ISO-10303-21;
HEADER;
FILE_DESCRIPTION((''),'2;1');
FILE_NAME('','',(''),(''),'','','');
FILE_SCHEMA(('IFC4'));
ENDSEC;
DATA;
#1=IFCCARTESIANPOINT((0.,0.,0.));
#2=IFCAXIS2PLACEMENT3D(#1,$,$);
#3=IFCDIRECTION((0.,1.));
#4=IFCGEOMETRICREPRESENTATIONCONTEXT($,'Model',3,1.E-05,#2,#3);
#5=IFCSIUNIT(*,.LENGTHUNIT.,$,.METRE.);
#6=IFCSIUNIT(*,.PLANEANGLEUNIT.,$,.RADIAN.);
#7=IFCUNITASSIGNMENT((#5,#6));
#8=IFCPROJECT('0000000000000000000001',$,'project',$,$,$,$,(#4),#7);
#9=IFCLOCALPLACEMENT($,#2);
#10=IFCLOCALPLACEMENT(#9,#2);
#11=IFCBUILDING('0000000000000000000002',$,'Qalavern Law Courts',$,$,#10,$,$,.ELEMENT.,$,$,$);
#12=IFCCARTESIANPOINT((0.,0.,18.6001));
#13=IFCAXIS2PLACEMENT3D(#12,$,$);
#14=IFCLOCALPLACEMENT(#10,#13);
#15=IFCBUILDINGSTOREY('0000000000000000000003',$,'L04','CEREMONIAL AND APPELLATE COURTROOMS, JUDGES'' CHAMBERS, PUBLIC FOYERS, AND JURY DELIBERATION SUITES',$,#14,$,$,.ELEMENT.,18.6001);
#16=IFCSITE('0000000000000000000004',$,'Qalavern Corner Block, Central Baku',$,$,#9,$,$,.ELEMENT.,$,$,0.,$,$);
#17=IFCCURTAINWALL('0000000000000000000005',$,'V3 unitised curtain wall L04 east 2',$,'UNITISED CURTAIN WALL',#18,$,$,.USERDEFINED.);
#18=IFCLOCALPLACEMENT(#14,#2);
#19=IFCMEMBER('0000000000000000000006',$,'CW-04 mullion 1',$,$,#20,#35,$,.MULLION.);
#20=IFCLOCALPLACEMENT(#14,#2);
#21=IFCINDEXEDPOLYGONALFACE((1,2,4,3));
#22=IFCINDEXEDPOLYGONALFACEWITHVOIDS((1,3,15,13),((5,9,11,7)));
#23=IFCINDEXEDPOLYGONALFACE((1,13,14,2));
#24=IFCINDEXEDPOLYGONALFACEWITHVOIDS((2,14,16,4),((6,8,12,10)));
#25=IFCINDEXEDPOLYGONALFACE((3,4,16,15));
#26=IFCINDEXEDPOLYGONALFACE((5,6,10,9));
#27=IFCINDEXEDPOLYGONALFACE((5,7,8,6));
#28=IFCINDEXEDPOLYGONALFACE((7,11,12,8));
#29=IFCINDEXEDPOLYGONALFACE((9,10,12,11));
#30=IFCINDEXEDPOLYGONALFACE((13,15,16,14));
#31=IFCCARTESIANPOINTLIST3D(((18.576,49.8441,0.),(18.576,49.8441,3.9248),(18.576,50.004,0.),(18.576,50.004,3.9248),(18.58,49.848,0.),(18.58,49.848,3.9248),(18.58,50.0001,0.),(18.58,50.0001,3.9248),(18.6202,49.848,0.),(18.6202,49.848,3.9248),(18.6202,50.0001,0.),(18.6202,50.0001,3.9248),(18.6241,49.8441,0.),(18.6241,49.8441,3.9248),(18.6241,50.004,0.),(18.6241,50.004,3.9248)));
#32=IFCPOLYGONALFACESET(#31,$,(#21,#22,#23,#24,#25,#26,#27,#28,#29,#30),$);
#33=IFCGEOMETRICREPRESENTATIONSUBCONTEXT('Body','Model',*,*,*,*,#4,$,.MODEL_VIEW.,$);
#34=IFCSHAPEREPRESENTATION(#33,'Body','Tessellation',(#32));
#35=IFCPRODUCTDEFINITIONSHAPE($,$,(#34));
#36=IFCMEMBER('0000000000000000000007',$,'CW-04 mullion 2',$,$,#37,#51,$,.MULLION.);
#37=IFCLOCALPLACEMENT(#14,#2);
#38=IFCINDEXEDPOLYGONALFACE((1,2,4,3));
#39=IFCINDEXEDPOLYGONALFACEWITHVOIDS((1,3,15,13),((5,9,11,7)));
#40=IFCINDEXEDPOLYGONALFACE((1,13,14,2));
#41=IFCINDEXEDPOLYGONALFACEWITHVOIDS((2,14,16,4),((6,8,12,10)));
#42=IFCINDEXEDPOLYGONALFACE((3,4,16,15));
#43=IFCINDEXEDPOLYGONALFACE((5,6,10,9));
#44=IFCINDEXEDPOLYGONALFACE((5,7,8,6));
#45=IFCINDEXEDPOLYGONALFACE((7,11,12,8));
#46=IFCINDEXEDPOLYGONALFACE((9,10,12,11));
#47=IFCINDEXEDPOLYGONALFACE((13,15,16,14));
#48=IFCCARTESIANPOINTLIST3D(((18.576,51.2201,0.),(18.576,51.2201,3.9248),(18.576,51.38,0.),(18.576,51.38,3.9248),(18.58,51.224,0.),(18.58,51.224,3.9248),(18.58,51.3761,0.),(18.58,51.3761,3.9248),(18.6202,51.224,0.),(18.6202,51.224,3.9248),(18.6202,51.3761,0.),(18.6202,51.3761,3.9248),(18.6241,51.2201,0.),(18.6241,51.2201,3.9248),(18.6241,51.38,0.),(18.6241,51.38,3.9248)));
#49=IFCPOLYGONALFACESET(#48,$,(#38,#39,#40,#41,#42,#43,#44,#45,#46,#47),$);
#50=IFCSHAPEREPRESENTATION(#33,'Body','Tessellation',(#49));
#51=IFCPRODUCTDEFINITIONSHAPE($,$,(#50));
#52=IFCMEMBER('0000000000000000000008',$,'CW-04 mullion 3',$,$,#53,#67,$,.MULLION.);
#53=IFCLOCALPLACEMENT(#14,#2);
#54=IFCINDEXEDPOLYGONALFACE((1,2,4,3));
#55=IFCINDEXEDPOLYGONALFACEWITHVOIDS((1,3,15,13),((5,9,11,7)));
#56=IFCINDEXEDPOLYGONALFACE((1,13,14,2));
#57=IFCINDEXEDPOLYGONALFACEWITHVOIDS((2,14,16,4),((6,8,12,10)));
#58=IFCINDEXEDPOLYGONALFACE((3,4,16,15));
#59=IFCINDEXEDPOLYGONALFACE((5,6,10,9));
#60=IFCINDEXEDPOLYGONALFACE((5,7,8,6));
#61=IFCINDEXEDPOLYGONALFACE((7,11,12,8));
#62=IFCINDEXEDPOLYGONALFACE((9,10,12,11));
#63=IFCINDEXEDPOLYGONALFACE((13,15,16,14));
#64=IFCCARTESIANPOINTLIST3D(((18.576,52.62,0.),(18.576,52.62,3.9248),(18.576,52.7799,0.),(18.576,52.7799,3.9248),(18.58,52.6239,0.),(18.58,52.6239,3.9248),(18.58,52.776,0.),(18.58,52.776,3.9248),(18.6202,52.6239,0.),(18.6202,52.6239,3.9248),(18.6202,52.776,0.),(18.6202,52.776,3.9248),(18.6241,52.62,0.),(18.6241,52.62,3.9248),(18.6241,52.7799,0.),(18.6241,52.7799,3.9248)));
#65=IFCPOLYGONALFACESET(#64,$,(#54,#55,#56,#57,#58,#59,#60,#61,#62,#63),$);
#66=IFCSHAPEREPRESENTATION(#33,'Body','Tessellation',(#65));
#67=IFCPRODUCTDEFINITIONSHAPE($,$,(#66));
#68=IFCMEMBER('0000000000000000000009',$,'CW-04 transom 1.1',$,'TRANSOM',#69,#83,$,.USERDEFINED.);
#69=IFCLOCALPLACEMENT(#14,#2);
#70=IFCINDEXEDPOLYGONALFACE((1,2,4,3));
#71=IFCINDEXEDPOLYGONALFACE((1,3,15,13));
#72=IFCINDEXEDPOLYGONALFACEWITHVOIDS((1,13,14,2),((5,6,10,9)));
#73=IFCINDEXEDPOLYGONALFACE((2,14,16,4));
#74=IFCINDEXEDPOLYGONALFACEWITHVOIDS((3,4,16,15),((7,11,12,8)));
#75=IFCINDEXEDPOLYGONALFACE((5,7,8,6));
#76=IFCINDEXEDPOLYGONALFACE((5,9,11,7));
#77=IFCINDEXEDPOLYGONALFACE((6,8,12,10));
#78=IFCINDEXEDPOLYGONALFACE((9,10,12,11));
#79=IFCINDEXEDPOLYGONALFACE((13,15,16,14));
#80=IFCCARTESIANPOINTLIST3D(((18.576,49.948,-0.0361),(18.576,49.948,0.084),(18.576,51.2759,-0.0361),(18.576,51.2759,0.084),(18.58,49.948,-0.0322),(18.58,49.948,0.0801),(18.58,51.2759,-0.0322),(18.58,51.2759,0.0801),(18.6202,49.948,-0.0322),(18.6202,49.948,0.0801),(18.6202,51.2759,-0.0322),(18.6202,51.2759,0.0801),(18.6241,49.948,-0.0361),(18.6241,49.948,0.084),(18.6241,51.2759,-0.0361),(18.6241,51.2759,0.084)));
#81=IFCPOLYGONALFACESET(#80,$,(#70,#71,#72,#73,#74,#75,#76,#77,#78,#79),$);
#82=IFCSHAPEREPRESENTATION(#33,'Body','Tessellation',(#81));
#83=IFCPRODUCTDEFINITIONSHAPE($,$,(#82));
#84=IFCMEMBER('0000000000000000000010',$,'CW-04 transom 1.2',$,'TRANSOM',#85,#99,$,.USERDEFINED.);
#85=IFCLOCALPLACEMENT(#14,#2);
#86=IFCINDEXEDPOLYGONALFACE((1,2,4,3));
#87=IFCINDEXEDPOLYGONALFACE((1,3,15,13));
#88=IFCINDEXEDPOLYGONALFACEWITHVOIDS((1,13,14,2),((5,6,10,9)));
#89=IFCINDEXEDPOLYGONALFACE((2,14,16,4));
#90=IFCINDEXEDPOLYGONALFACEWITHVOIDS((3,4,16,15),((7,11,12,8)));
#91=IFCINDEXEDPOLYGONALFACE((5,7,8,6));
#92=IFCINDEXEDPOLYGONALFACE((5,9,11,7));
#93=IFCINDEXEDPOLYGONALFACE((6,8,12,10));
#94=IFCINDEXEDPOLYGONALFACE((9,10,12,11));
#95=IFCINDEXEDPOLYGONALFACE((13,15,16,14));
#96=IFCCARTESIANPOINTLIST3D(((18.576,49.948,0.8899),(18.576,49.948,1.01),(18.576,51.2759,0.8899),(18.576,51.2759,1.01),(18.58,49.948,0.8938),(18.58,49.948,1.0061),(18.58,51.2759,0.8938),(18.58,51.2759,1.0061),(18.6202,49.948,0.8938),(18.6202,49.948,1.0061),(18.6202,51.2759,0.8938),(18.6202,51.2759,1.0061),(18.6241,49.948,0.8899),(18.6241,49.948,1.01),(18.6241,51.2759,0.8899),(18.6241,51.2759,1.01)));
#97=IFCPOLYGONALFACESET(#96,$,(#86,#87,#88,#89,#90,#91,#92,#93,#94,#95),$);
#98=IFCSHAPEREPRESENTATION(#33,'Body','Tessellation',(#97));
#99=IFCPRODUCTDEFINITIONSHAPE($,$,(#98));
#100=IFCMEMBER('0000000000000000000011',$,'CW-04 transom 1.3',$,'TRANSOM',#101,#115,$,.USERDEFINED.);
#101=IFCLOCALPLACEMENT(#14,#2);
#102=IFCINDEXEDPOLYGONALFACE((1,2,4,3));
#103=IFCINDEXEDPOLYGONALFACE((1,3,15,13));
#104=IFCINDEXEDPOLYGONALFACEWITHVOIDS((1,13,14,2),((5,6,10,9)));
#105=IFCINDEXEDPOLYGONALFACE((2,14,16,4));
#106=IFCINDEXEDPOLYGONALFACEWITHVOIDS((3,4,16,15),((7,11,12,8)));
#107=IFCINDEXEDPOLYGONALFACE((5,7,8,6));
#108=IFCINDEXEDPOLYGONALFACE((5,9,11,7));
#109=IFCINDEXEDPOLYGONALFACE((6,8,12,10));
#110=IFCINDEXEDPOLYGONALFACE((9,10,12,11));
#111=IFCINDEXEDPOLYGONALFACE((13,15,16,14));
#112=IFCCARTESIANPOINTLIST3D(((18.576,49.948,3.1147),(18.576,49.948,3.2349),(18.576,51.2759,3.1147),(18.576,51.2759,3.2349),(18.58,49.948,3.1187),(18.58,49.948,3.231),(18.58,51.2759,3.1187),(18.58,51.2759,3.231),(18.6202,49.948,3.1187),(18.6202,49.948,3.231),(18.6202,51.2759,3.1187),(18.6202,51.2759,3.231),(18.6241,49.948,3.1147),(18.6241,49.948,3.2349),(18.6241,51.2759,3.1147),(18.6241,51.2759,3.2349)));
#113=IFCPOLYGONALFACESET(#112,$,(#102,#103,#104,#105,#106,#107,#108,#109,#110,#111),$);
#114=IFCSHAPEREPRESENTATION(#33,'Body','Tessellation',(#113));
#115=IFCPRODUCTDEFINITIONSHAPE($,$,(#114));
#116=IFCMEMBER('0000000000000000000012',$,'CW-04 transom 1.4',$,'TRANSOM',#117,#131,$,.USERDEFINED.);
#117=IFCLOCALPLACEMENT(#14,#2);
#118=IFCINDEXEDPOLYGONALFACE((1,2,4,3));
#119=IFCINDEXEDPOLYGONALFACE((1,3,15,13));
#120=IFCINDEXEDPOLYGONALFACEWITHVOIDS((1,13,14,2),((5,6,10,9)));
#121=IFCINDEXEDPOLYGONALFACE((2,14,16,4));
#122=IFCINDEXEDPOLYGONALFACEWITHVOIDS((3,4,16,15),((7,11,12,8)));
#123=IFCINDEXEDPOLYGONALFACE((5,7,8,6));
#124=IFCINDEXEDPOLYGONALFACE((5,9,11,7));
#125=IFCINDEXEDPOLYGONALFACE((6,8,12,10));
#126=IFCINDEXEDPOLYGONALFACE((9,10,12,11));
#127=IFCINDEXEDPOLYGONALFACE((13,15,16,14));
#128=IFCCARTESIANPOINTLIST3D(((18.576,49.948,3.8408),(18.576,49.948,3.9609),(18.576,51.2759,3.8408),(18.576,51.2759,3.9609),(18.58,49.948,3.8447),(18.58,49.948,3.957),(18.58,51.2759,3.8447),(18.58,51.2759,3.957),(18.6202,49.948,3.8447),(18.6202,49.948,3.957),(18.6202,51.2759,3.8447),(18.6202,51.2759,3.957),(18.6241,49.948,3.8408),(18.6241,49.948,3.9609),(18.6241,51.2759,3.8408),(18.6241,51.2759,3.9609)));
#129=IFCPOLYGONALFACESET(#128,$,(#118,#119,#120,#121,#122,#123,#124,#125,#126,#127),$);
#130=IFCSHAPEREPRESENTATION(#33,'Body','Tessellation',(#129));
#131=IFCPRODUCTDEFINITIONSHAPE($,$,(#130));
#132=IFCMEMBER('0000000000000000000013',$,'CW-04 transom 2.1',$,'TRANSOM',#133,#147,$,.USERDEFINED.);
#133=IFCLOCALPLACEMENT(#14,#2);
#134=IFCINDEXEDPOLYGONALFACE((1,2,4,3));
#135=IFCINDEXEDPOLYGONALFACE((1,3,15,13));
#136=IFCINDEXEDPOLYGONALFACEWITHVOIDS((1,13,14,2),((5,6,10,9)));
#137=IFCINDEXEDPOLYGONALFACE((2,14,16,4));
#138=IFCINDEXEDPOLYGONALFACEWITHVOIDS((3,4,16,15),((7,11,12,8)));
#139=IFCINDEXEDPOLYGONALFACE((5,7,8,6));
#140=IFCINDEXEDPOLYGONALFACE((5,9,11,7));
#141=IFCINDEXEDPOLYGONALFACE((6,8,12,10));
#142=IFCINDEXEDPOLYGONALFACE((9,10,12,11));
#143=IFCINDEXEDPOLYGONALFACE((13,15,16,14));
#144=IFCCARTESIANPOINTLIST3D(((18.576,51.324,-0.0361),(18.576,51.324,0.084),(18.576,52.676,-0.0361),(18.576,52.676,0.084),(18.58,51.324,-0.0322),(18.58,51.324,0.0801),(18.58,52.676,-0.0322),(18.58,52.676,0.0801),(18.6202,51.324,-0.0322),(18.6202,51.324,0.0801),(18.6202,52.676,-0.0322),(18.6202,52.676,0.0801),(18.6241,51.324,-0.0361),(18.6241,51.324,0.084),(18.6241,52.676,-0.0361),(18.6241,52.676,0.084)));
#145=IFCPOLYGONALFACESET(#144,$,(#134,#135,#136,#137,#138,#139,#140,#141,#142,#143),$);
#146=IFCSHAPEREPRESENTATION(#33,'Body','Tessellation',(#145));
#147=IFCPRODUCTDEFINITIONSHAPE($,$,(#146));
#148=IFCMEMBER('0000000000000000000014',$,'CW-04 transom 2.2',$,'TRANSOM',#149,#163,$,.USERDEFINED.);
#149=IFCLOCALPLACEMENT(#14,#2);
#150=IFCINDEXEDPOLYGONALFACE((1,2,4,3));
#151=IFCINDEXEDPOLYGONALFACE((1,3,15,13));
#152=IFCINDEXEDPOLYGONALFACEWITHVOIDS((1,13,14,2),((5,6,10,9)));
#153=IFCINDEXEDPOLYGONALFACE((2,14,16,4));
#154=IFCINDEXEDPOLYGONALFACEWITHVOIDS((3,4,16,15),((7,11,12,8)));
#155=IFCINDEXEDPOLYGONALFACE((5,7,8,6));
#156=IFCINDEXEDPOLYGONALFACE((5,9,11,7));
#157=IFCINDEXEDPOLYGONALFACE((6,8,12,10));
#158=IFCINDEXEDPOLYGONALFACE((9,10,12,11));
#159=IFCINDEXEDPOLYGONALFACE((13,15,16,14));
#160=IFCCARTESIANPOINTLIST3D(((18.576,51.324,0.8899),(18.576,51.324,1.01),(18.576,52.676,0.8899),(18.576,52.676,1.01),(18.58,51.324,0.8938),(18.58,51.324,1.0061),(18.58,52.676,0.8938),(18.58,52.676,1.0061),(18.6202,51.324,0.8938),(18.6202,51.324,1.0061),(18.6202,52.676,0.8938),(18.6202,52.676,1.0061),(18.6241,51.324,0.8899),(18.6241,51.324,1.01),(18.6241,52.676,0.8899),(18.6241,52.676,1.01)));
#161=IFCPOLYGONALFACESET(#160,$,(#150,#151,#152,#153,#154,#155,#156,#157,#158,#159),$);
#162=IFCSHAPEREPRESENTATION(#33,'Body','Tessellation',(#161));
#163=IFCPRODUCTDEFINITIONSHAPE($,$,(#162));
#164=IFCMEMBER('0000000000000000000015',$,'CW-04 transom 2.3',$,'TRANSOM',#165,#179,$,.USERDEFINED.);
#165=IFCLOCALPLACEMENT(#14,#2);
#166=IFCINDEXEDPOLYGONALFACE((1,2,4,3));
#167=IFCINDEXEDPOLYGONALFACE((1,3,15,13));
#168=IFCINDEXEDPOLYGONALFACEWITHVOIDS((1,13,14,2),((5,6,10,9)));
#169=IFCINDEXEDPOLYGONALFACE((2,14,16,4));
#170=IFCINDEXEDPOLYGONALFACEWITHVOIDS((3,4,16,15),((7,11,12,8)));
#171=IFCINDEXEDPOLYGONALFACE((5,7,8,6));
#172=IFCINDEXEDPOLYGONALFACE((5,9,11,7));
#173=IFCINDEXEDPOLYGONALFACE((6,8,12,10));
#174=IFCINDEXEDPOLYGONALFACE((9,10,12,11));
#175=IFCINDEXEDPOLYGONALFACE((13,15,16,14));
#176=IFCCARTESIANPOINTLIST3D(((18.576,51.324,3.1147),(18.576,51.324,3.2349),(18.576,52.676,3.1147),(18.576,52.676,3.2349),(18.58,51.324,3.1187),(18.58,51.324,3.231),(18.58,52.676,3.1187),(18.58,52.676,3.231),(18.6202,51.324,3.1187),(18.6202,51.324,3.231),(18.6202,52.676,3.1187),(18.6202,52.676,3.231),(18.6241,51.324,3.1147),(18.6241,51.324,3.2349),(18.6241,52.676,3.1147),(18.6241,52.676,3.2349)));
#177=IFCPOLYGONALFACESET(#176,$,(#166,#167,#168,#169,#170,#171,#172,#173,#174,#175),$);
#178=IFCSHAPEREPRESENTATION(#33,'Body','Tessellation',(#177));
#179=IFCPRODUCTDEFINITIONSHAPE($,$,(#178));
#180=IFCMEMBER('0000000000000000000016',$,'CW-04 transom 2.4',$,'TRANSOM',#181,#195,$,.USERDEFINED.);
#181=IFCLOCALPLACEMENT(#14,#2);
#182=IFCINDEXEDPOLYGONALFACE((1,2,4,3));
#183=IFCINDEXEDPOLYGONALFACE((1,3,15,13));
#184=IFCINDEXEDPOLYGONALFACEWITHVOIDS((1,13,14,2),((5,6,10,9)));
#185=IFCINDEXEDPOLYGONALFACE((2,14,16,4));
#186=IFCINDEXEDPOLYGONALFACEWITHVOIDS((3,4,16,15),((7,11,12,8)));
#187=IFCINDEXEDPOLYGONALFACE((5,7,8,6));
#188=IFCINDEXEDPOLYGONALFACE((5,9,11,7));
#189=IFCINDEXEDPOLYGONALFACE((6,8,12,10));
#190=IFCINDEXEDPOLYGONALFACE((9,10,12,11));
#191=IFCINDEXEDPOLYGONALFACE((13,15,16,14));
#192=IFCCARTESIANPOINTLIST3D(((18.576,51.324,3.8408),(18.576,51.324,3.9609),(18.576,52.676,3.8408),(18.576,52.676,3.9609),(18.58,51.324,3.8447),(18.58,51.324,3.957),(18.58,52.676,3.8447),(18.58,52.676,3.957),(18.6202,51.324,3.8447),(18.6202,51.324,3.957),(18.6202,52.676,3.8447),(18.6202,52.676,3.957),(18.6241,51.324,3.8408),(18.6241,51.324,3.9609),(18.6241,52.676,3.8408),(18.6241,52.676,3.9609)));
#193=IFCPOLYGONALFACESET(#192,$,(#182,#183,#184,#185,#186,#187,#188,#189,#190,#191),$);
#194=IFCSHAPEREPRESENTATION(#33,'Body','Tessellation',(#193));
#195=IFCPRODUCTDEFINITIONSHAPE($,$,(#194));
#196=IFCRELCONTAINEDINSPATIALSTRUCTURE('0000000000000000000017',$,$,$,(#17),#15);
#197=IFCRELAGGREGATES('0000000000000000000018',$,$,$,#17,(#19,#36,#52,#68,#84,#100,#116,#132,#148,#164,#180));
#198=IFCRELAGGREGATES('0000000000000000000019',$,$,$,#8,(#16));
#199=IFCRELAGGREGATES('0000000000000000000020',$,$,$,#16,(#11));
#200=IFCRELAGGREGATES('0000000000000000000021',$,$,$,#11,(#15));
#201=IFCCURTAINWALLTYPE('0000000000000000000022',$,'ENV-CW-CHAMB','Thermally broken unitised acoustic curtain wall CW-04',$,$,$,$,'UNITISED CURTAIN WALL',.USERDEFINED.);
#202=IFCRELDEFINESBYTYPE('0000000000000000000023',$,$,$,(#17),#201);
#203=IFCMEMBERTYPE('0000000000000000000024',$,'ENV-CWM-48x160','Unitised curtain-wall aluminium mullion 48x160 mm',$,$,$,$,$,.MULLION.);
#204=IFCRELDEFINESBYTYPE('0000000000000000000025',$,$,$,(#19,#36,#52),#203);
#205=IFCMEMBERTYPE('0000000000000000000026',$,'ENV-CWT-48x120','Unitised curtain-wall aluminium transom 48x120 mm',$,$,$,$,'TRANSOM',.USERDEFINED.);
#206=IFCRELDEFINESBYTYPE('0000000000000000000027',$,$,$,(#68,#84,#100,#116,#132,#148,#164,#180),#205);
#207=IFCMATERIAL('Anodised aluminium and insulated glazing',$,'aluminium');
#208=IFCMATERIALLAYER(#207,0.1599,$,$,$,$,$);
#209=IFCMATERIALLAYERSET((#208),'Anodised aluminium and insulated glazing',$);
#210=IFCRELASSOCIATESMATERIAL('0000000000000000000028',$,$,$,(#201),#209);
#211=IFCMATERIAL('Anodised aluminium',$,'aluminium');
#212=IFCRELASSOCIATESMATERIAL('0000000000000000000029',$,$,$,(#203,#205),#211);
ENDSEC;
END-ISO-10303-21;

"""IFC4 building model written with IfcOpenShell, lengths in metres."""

from ifc_helpers import new_model, si_unit, direction, frame, origin, origin_2d, place, context, subcontext, project, spatial, hollow_rectangle, extrude, material, layer, layer_set, material_profile, profile_set, type_object, element, aggregate, save


model = new_model("IFC4")

# Units and contexts
model_context = context("Model", 3, precision=1e-05, world=origin(), true_north=direction((0.0, 1.0)))
body_context = subcontext(model_context, "Body", "Model", "MODEL_VIEW")
ifc_project = project(units=[si_unit("LENGTHUNIT", "METRE"), si_unit("PLANEANGLEUNIT", "RADIAN")], contexts=[model_context])

# Site, building, storey
site_placement = place(None, origin())
site = spatial("IfcSite", under=ifc_project, at=site_placement, Name="Qalavern Corner Block, Central Baku", CompositionType="ELEMENT", RefElevation=0.0)
building_placement = place(site_placement, origin())
building = spatial("IfcBuilding", under=site, at=building_placement, Name="Qalavern Law Courts", CompositionType="ELEMENT")
storey_placement = place(building_placement, frame((0.0, 0.0, 18.6001)))
storey = spatial("IfcBuildingStorey", under=building, at=storey_placement, Name="L04", Description="CEREMONIAL AND APPELLATE COURTROOMS, JUDGES' CHAMBERS, PUBLIC FOYERS, AND JURY DELIBERATION SUITES", CompositionType="ELEMENT", Elevation=18.6001)

# Curtain wall, members
ifc_material_1 = material(Name="Anodised aluminium and insulated glazing", Category="aluminium")
ifc_layer_1 = layer(ifc_material_1, 0.1599)
ifc_layer_set_1 = layer_set([ifc_layer_1], Name="Anodised aluminium and insulated glazing")
curtain_wall_type = type_object("IfcCurtainWallType", Name="ENV-CW-CHAMB", Description="Thermally broken unitised acoustic curtain wall CW-04", ElementType="UNITISED CURTAIN WALL", PredefinedType="USERDEFINED", material=ifc_layer_set_1)
curtain_wall_placement = place(storey_placement, origin())
curtain_wall = element("IfcCurtainWall", 1, at=curtain_wall_placement, inside=storey, type_object=curtain_wall_type, Name="V3 unitised curtain wall L04 east 2", ObjectType="UNITISED CURTAIN WALL", PredefinedType="USERDEFINED")
ifc_material_2 = material(Name="Anodised aluminium", Category="aluminium")
ifc_material_profile_1 = material_profile(ifc_material_2, hollow_rectangle(XDim=0.0481, YDim=0.1599, WallThickness=0.0039, at=origin_2d()), Name="ALU MULLION 48x160")
ifc_profile_set_1 = profile_set([ifc_material_profile_1], Name="Anodised aluminium")
member_type_1 = type_object("IfcMemberType", Name="ENV-CWM-48x160", Description="Unitised curtain-wall aluminium mullion 48x160 mm", PredefinedType="MULLION", material=ifc_profile_set_1)
member_1_placement = place(storey_placement, frame((18.6001, 49.9241, 0.0), z_axis=(0.0, 0.0, 1.0), x_axis=(-1.0, 0.0, 0.0)))
member_1 = element("IfcMember", 2, at=member_1_placement, type_object=member_type_1, Name="CW-04 mullion 1", PredefinedType="MULLION", context=body_context, shape_type="SweptSolid", body=[
    extrude(hollow_rectangle(XDim=0.0481, YDim=0.1599, WallThickness=0.0039, at=origin_2d()), origin(), (0.0, 0.0, 1.0), 3.9248),
])
member_2_placement = place(storey_placement, frame((18.6001, 51.3, 0.0), z_axis=(0.0, 0.0, 1.0), x_axis=(-1.0, 0.0, 0.0)))
member_2 = element("IfcMember", 3, at=member_2_placement, type_object=member_type_1, Name="CW-04 mullion 2", PredefinedType="MULLION", context=body_context, shape_type="SweptSolid", body=[
    extrude(hollow_rectangle(XDim=0.0481, YDim=0.1599, WallThickness=0.0039, at=origin_2d()), origin(), (0.0, 0.0, 1.0), 3.9248),
])
member_3_placement = place(storey_placement, frame((18.6001, 52.7, 0.0), z_axis=(0.0, 0.0, 1.0), x_axis=(-1.0, 0.0, 0.0)))
member_3 = element("IfcMember", 4, at=member_3_placement, type_object=member_type_1, Name="CW-04 mullion 3", PredefinedType="MULLION", context=body_context, shape_type="SweptSolid", body=[
    extrude(hollow_rectangle(XDim=0.0481, YDim=0.1599, WallThickness=0.0039, at=origin_2d()), origin(), (0.0, 0.0, 1.0), 3.9248),
])
ifc_material_profile_2 = material_profile(ifc_material_2, hollow_rectangle(XDim=0.0481, YDim=0.1201, WallThickness=0.0039, at=origin_2d()), Name="ALU TRANSOM 48x120")
ifc_profile_set_2 = profile_set([ifc_material_profile_2], Name="Anodised aluminium")
member_type_2 = type_object("IfcMemberType", Name="ENV-CWT-48x120", Description="Unitised curtain-wall aluminium transom 48x120 mm", ElementType="TRANSOM", PredefinedType="USERDEFINED", material=ifc_profile_set_2)
member_4_placement = place(storey_placement, frame((18.6001, 49.948, 0.0239), z_axis=(0.0, 1.0, 0.0), x_axis=(-1.0, 0.0, 0.0)))
member_4 = element("IfcMember", 5, at=member_4_placement, type_object=member_type_2, Name="CW-04 transom 1.1", ObjectType="TRANSOM", PredefinedType="USERDEFINED", context=body_context, shape_type="SweptSolid", body=[
    extrude(hollow_rectangle(XDim=0.0481, YDim=0.1201, WallThickness=0.0039, at=origin_2d()), origin(), (0.0, 0.0, 1.0), 1.3279),
])
member_5_placement = place(storey_placement, frame((18.6001, 49.948, 0.95), z_axis=(0.0, 1.0, 0.0), x_axis=(-1.0, 0.0, 0.0)))
member_5 = element("IfcMember", 6, at=member_5_placement, type_object=member_type_2, Name="CW-04 transom 1.2", ObjectType="TRANSOM", PredefinedType="USERDEFINED", context=body_context, shape_type="SweptSolid", body=[
    extrude(hollow_rectangle(XDim=0.0481, YDim=0.1201, WallThickness=0.0039, at=origin_2d()), origin(), (0.0, 0.0, 1.0), 1.3279),
])
member_6_placement = place(storey_placement, frame((18.6001, 49.948, 3.1748), z_axis=(0.0, 1.0, 0.0), x_axis=(-1.0, 0.0, 0.0)))
member_6 = element("IfcMember", 7, at=member_6_placement, type_object=member_type_2, Name="CW-04 transom 1.3", ObjectType="TRANSOM", PredefinedType="USERDEFINED", context=body_context, shape_type="SweptSolid", body=[
    extrude(hollow_rectangle(XDim=0.0481, YDim=0.1201, WallThickness=0.0039, at=origin_2d()), origin(), (0.0, 0.0, 1.0), 1.3279),
])
member_7_placement = place(storey_placement, frame((18.6001, 49.948, 3.9009), z_axis=(0.0, 1.0, 0.0), x_axis=(-1.0, 0.0, 0.0)))
member_7 = element("IfcMember", 8, at=member_7_placement, type_object=member_type_2, Name="CW-04 transom 1.4", ObjectType="TRANSOM", PredefinedType="USERDEFINED", context=body_context, shape_type="SweptSolid", body=[
    extrude(hollow_rectangle(XDim=0.0481, YDim=0.1201, WallThickness=0.0039, at=origin_2d()), origin(), (0.0, 0.0, 1.0), 1.3279),
])
member_8_placement = place(storey_placement, frame((18.6001, 51.324, 0.0239), z_axis=(0.0, 1.0, 0.0), x_axis=(-1.0, 0.0, 0.0)))
member_8 = element("IfcMember", 9, at=member_8_placement, type_object=member_type_2, Name="CW-04 transom 2.1", ObjectType="TRANSOM", PredefinedType="USERDEFINED", context=body_context, shape_type="SweptSolid", body=[
    extrude(hollow_rectangle(XDim=0.0481, YDim=0.1201, WallThickness=0.0039, at=origin_2d()), origin(), (0.0, 0.0, 1.0), 1.3521),
])
member_9_placement = place(storey_placement, frame((18.6001, 51.324, 0.95), z_axis=(0.0, 1.0, 0.0), x_axis=(-1.0, 0.0, 0.0)))
member_9 = element("IfcMember", 10, at=member_9_placement, type_object=member_type_2, Name="CW-04 transom 2.2", ObjectType="TRANSOM", PredefinedType="USERDEFINED", context=body_context, shape_type="SweptSolid", body=[
    extrude(hollow_rectangle(XDim=0.0481, YDim=0.1201, WallThickness=0.0039, at=origin_2d()), origin(), (0.0, 0.0, 1.0), 1.3521),
])
member_10_placement = place(storey_placement, frame((18.6001, 51.324, 3.1748), z_axis=(0.0, 1.0, 0.0), x_axis=(-1.0, 0.0, 0.0)))
member_10 = element("IfcMember", 11, at=member_10_placement, type_object=member_type_2, Name="CW-04 transom 2.3", ObjectType="TRANSOM", PredefinedType="USERDEFINED", context=body_context, shape_type="SweptSolid", body=[
    extrude(hollow_rectangle(XDim=0.0481, YDim=0.1201, WallThickness=0.0039, at=origin_2d()), origin(), (0.0, 0.0, 1.0), 1.3521),
])
member_11_placement = place(storey_placement, frame((18.6001, 51.324, 3.9009), z_axis=(0.0, 1.0, 0.0), x_axis=(-1.0, 0.0, 0.0)))
member_11 = element("IfcMember", 12, at=member_11_placement, type_object=member_type_2, Name="CW-04 transom 2.4", ObjectType="TRANSOM", PredefinedType="USERDEFINED", context=body_context, shape_type="SweptSolid", body=[
    extrude(hollow_rectangle(XDim=0.0481, YDim=0.1201, WallThickness=0.0039, at=origin_2d()), origin(), (0.0, 0.0, 1.0), 1.3521),
])
aggregate(curtain_wall, [member_1, member_2, member_3, member_4, member_5, member_6, member_7, member_8, member_9, member_10, member_11])

save(model, "model.ifc")
